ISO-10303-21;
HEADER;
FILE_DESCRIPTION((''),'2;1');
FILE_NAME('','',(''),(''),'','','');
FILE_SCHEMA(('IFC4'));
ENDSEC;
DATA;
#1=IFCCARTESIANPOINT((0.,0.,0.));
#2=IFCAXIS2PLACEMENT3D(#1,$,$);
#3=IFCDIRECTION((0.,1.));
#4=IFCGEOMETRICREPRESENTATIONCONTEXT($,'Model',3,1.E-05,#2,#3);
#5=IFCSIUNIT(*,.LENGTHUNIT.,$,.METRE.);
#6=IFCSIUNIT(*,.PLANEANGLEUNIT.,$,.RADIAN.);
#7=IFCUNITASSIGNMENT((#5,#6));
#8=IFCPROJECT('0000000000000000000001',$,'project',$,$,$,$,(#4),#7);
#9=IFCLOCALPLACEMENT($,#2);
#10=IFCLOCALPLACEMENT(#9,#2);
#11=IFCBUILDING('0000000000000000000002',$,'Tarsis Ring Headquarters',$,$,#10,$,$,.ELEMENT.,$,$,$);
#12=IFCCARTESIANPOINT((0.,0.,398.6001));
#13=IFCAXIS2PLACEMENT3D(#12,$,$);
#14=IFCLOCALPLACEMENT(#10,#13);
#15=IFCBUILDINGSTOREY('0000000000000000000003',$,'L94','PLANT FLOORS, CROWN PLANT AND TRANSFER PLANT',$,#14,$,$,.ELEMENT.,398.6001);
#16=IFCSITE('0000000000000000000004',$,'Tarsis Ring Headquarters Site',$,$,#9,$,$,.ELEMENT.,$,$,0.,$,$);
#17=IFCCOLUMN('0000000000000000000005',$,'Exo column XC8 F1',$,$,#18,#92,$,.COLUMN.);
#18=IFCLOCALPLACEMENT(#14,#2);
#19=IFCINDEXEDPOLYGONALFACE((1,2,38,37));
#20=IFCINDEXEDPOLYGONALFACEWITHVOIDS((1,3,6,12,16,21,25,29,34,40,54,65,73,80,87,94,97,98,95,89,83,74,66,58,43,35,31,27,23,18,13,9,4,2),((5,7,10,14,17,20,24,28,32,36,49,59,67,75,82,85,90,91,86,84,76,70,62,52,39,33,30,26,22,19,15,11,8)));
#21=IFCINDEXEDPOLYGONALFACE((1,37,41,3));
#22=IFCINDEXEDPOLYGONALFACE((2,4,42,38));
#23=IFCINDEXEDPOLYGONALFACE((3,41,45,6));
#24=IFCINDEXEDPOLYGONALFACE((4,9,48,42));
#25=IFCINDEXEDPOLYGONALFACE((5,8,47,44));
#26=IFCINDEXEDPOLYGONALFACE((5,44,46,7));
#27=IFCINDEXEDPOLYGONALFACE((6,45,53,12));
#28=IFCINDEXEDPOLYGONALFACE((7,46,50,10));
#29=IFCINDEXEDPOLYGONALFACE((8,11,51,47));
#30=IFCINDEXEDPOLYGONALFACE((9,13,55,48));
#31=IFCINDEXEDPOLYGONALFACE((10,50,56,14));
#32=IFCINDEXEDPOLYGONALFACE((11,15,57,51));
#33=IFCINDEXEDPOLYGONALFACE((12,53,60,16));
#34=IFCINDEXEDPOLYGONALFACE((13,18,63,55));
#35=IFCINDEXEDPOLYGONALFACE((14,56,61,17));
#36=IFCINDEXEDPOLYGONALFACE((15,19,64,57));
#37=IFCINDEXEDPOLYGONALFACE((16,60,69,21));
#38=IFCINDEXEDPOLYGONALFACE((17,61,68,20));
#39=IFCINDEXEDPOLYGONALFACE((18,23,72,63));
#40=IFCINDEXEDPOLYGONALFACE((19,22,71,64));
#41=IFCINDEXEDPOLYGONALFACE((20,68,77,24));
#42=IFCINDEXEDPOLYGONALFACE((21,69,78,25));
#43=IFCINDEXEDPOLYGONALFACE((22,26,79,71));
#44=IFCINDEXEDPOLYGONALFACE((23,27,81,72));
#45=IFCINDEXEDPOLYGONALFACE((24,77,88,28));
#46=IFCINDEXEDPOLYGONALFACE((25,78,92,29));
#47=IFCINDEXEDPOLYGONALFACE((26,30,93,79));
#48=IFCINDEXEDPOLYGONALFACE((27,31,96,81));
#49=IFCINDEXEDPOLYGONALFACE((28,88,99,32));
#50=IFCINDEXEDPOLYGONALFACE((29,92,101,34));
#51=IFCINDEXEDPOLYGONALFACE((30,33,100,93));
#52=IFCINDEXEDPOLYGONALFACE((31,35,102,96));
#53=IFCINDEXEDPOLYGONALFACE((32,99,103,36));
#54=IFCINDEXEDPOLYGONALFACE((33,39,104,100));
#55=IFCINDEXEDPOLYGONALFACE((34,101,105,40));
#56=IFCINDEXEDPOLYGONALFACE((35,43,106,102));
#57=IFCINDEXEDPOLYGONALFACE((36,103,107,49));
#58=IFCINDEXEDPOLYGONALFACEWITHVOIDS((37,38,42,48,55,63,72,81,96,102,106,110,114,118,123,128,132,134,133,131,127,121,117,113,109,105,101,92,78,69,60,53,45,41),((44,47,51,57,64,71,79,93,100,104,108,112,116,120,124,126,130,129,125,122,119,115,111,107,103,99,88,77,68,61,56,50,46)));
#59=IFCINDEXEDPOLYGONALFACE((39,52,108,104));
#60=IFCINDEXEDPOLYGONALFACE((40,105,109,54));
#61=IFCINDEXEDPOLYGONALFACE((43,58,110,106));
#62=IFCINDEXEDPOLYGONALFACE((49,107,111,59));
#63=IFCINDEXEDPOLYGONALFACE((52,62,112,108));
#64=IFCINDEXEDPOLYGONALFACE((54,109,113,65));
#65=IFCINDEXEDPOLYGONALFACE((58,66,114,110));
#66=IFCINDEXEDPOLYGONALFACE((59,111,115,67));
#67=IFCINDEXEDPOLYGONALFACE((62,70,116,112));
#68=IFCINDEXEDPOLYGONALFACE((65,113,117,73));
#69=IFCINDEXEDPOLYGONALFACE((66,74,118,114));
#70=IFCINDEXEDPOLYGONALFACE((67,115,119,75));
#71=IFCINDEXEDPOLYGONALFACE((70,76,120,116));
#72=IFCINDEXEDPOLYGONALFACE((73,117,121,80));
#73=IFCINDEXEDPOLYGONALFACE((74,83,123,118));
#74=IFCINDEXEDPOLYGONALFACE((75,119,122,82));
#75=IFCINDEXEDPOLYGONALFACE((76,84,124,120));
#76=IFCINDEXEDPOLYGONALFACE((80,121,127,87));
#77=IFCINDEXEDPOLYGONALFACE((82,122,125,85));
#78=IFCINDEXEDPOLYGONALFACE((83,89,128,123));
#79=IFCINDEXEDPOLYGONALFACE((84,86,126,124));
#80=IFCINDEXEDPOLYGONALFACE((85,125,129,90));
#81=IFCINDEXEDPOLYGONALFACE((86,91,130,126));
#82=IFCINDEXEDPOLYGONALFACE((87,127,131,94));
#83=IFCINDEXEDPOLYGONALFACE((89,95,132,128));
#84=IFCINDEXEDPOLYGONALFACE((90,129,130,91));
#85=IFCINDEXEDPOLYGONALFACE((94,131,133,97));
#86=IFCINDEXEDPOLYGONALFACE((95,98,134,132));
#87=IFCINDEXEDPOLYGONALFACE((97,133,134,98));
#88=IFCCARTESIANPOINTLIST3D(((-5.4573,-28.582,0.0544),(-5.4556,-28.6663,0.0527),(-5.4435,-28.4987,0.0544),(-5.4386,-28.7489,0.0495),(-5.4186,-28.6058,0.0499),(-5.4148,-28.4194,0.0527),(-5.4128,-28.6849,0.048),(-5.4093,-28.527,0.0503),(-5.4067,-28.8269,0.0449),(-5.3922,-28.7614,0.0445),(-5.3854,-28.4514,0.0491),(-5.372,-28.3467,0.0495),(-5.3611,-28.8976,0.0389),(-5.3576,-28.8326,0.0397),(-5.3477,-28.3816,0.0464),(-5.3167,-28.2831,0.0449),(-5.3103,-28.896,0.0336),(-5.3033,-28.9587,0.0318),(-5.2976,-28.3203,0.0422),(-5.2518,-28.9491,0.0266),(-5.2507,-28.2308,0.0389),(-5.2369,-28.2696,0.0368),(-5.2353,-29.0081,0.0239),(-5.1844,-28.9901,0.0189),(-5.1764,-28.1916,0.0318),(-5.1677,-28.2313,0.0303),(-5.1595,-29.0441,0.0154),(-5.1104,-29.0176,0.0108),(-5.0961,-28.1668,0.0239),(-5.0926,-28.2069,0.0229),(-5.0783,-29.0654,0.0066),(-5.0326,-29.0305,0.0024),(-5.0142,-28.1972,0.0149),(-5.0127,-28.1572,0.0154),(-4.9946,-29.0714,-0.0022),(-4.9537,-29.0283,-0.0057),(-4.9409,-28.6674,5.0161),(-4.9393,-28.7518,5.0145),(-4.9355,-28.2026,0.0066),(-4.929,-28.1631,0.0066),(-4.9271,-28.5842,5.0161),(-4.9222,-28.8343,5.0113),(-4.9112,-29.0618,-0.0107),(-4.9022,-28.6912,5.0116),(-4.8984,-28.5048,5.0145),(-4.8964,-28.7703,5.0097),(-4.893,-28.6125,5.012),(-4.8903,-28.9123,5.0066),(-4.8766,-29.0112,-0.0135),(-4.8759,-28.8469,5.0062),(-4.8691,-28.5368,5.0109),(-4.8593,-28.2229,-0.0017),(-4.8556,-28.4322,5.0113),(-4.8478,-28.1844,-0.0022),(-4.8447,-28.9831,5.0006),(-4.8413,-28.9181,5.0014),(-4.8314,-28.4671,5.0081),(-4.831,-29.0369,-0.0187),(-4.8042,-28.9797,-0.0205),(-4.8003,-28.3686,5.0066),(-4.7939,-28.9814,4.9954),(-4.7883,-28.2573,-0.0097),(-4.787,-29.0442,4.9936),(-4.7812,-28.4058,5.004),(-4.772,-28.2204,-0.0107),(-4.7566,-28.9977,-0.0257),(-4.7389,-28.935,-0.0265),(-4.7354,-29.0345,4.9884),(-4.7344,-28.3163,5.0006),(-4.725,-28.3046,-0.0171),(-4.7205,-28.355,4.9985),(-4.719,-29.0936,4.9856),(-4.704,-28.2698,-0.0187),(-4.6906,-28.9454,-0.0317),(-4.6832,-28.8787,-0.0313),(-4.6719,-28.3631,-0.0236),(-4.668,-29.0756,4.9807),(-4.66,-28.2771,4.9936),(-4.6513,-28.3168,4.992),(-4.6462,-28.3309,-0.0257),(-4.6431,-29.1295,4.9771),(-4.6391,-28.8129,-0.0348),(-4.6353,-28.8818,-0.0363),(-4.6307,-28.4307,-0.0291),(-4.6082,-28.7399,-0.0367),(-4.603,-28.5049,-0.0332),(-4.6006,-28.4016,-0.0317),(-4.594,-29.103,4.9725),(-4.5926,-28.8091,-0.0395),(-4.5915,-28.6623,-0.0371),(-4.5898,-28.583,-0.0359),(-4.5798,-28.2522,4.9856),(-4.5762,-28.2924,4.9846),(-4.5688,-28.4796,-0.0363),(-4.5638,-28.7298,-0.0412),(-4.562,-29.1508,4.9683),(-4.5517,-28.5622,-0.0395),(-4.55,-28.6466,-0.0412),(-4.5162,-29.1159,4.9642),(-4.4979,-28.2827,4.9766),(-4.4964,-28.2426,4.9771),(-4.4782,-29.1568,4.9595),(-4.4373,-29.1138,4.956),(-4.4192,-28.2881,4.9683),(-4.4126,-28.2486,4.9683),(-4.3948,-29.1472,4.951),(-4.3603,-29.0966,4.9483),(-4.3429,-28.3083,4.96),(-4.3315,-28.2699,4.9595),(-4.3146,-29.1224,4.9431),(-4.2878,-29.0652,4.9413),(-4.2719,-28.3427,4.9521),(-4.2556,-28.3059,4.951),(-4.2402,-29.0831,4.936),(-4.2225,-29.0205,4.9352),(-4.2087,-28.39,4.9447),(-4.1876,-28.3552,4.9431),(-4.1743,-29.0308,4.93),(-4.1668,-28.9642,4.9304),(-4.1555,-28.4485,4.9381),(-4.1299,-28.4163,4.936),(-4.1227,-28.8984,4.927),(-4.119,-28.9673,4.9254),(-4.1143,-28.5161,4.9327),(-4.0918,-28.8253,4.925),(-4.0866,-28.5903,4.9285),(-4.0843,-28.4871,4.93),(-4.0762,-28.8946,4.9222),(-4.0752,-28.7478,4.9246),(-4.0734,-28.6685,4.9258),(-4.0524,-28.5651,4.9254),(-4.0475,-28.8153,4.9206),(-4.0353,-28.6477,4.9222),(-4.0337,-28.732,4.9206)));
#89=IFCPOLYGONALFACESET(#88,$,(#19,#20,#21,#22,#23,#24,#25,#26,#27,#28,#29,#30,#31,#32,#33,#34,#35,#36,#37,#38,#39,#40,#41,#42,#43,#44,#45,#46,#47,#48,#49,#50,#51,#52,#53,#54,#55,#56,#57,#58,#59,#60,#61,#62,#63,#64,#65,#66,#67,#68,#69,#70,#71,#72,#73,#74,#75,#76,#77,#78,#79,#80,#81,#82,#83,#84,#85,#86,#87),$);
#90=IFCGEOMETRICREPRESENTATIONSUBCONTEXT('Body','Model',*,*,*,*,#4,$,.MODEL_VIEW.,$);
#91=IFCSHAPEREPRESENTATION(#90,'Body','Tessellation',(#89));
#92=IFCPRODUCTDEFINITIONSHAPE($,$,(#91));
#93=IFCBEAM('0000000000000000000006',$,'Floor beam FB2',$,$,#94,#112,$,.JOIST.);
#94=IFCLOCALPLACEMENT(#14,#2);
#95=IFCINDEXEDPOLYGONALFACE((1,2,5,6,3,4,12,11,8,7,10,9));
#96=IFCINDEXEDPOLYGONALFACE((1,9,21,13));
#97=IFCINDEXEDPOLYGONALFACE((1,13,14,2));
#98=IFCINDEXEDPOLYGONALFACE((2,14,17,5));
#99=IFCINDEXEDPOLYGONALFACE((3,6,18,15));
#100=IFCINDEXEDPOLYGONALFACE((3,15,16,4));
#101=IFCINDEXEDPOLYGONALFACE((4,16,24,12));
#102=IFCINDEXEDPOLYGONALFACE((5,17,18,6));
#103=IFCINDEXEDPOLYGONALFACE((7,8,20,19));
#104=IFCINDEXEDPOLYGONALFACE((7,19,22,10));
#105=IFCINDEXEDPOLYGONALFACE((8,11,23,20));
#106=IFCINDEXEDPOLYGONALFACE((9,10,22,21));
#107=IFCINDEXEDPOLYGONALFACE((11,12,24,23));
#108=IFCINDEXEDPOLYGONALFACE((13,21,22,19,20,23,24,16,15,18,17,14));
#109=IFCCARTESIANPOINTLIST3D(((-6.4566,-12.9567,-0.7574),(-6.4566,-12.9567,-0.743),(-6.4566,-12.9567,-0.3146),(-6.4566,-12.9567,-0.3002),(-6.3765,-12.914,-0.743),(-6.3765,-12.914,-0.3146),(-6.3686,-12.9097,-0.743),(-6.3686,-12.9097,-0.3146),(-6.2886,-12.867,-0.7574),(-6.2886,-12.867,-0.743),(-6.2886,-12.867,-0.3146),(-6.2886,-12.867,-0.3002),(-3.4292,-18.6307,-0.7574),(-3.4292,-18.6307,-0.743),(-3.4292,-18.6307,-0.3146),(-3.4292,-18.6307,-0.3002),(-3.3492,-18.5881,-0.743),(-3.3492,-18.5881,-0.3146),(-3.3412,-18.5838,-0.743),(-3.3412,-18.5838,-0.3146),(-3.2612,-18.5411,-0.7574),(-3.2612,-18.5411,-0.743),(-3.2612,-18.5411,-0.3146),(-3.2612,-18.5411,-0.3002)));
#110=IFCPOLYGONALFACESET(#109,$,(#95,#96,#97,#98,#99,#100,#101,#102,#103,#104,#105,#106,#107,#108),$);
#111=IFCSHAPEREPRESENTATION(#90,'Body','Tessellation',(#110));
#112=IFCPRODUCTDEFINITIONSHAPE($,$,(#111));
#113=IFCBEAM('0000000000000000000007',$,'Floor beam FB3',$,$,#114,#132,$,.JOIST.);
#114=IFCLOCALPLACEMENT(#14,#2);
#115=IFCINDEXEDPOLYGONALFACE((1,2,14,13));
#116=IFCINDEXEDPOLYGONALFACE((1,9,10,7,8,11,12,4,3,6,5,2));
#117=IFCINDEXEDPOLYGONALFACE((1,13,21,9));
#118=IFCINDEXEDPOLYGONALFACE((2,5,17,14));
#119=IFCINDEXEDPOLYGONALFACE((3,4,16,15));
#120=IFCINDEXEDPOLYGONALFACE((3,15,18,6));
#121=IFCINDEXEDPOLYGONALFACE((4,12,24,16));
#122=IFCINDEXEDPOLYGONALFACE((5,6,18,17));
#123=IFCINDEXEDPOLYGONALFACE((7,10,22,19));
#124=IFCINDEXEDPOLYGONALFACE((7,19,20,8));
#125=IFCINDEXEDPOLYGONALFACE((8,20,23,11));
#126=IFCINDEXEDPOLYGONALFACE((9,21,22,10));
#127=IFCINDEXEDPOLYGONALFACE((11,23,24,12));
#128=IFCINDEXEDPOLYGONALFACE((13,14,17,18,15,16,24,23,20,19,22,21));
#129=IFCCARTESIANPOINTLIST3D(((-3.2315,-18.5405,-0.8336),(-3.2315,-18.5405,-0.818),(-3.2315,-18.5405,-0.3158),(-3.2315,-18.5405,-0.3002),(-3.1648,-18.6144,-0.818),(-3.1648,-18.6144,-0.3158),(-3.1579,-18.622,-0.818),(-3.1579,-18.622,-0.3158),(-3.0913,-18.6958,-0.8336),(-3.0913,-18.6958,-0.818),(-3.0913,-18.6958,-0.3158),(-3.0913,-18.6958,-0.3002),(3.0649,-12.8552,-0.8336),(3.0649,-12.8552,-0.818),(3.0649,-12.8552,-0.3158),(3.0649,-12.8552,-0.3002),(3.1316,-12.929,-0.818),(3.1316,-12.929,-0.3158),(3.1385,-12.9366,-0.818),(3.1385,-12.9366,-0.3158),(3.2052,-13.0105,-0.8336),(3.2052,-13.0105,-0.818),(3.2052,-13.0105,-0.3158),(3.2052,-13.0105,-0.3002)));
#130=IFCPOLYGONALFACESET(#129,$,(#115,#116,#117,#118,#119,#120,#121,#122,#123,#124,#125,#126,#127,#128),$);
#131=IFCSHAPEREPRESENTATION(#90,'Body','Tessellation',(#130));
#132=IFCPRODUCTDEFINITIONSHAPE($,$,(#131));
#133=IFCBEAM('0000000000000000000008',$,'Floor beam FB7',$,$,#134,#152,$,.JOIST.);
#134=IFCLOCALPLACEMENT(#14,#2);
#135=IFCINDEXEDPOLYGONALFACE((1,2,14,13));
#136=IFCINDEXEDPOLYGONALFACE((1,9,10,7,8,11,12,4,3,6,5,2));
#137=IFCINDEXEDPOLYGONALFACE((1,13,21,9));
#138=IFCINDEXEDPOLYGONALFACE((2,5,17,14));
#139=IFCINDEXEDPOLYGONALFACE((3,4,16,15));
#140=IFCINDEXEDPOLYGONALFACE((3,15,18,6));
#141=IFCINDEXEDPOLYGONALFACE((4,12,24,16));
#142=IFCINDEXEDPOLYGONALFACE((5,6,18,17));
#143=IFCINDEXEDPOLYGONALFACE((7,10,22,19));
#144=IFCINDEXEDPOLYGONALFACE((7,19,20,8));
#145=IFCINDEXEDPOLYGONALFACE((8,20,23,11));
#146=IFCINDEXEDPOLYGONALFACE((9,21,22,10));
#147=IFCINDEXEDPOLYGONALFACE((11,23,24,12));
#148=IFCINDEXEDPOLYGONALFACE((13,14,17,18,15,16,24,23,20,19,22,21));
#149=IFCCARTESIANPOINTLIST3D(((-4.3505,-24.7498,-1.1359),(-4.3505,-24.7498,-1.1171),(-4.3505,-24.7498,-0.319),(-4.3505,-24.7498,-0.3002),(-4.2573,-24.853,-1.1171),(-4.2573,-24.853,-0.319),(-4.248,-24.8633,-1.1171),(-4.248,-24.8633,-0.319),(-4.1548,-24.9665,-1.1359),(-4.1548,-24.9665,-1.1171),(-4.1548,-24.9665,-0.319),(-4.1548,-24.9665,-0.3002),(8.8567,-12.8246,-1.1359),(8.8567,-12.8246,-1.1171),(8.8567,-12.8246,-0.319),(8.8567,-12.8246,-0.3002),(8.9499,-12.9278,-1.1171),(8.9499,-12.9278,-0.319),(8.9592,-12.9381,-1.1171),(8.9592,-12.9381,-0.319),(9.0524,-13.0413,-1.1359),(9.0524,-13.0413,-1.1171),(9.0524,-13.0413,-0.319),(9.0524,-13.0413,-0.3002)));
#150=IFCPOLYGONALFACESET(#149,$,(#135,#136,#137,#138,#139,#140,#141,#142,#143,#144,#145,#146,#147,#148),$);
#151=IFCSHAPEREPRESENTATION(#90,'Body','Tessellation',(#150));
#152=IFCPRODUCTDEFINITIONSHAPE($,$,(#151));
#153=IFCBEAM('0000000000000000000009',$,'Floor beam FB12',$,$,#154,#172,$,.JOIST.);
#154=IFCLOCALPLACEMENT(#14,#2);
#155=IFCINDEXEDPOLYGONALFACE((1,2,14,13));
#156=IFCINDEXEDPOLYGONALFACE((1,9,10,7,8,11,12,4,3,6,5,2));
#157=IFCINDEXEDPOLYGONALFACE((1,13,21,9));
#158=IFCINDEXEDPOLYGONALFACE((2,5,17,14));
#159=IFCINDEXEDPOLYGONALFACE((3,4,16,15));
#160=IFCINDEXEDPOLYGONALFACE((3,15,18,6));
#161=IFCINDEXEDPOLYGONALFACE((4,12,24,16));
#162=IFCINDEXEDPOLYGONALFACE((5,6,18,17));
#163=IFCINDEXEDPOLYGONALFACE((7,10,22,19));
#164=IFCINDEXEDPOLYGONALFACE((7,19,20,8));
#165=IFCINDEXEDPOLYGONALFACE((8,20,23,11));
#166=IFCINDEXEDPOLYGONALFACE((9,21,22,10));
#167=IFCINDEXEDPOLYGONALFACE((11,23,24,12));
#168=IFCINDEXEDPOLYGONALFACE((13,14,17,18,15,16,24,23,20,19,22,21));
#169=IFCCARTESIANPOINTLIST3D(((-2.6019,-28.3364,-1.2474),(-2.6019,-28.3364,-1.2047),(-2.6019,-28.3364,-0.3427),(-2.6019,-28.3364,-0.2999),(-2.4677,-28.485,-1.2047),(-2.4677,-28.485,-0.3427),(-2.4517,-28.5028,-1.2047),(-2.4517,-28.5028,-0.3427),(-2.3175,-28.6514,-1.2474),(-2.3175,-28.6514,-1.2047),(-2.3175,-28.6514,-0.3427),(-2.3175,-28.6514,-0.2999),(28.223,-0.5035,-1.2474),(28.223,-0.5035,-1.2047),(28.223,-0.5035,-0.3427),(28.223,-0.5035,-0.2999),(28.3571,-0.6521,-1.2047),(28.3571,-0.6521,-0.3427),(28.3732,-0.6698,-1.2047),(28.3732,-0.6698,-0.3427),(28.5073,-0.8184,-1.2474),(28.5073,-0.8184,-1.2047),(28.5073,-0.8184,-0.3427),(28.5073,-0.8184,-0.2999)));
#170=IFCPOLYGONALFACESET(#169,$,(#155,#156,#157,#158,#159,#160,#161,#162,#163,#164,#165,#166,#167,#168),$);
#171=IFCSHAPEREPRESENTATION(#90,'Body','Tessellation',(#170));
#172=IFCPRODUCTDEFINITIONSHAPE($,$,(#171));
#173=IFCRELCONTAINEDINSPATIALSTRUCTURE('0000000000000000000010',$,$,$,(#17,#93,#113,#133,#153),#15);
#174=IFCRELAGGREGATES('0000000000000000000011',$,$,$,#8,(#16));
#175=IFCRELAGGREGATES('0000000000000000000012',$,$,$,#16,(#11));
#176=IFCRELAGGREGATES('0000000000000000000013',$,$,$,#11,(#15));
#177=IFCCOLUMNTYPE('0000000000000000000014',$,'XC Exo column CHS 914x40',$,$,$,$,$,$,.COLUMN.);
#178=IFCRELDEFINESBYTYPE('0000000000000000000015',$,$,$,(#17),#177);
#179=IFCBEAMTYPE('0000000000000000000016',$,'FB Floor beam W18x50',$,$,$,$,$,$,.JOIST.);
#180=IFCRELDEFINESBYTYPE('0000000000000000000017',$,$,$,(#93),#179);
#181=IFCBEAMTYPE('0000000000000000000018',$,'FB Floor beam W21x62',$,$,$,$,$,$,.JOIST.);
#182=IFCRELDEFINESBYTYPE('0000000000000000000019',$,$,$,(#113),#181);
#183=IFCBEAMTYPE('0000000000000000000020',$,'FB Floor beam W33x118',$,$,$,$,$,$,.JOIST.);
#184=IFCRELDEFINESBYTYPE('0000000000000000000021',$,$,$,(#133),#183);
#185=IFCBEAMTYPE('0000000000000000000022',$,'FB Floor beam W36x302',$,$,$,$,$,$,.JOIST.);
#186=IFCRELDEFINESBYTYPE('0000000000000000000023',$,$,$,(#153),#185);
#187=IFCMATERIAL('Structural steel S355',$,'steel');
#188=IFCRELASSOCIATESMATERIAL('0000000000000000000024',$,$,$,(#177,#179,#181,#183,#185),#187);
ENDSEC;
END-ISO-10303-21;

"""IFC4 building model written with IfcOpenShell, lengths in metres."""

from ifc_helpers import new_model, si_unit, direction, frame, origin, origin_2d, place, context, subcontext, project, spatial, hollow_circle, i_section, extrude, material, material_profile, profile_set, type_object, element, save


model = new_model("IFC4")

# Units and contexts
model_context = context("Model", 3, precision=1e-05, world=origin(), true_north=direction((0.0, 1.0)))
body_context = subcontext(model_context, "Body", "Model", "MODEL_VIEW")
ifc_project = project(units=[si_unit("LENGTHUNIT", "METRE"), si_unit("PLANEANGLEUNIT", "RADIAN")], contexts=[model_context])

# Site, building, storey
site_placement = place(None, origin())
site = spatial("IfcSite", under=ifc_project, at=site_placement, Name="Tarsis Ring Headquarters Site", CompositionType="ELEMENT", RefElevation=0.0)
building_placement = place(site_placement, origin())
building = spatial("IfcBuilding", under=site, at=building_placement, Name="Tarsis Ring Headquarters", CompositionType="ELEMENT")
storey_placement = place(building_placement, frame((0.0, 0.0, 398.6001)))
storey = spatial("IfcBuildingStorey", under=building, at=storey_placement, Name="L94", Description="PLANT FLOORS, CROWN PLANT AND TRANSFER PLANT", CompositionType="ELEMENT", Elevation=398.6001)

# Column
ifc_material_1 = material(Name="Structural steel S355", Category="steel")
ifc_material_profile_1 = material_profile(ifc_material_1, hollow_circle(Radius=0.457, WallThickness=0.04, at=origin_2d()), Name="CHS 914x40")
ifc_profile_set_1 = profile_set([ifc_material_profile_1], Name="Structural steel S355")
column_type = type_object("IfcColumnType", Name="XC Exo column CHS 914x40", PredefinedType="COLUMN", material=ifc_profile_set_1)
column_placement = place(storey_placement, frame((-5.0037, -28.6143, 0.0066), z_axis=(0.103495, -0.017127, 0.994482), x_axis=(0.163264, 0.986582, 0.0)))
element("IfcColumn", 1, at=column_placement, inside=storey, type_object=column_type, Name="Exo column XC8 F1", PredefinedType="COLUMN", context=body_context, shape_type="SweptSolid", body=[
    extrude(hollow_circle(Radius=0.4573, WallThickness=0.04, at=origin_2d()), origin(), (0.0, 0.0, 1.0), 4.9893),
])

# Beams
ifc_material_profile_2 = material_profile(ifc_material_1, i_section(OverallWidth=0.1904, OverallDepth=0.4573, WebThickness=0.009, FlangeThickness=0.0144, at=origin_2d()), Name="W18x50")
ifc_profile_set_2 = profile_set([ifc_material_profile_2], Name="Structural steel S355")
beam_type_1 = type_object("IfcBeamType", Name="FB Floor beam W18x50", PredefinedType="JOIST", material=ifc_profile_set_2)
beam_1_placement = place(storey_placement, frame((-6.3726, -12.9119, -0.5288), z_axis=(0.47073, -0.882277, 0.0), x_axis=(0.882277, 0.47073, 0.0)))
element("IfcBeam", 2, at=beam_1_placement, inside=storey, type_object=beam_type_1, Name="Floor beam FB2", PredefinedType="JOIST", context=body_context, shape_type="SweptSolid", body=[
    extrude(i_section(OverallWidth=0.1904, OverallDepth=0.4573, WebThickness=0.009, FlangeThickness=0.0144, at=origin_2d()), origin(), (0.0, 0.0, 1.0), 6.4312),
])
ifc_material_profile_3 = material_profile(ifc_material_1, i_section(OverallWidth=0.2092, OverallDepth=0.5334, WebThickness=0.0103, FlangeThickness=0.0156, at=origin_2d()), Name="W21x62")
ifc_profile_set_3 = profile_set([ifc_material_profile_3], Name="Structural steel S355")
beam_type_2 = type_object("IfcBeamType", Name="FB Floor beam W21x62", PredefinedType="JOIST", material=ifc_profile_set_3)
beam_2_placement = place(storey_placement, frame((-3.1614, -18.6182, -0.5669), z_axis=(0.742206, 0.670172, 0.0), x_axis=(-0.670172, 0.742206, 0.0)))
element("IfcBeam", 3, at=beam_2_placement, inside=storey, type_object=beam_type_2, Name="Floor beam FB3", PredefinedType="JOIST", context=body_context, shape_type="SweptSolid", body=[
    extrude(i_section(OverallWidth=0.2092, OverallDepth=0.5334, WebThickness=0.0103, FlangeThickness=0.0156, at=origin_2d()), origin(), (0.0, 0.0, 1.0), 8.4834),
])
ifc_material_profile_4 = material_profile(ifc_material_1, i_section(OverallWidth=0.292, OverallDepth=0.8357, WebThickness=0.0139, FlangeThickness=0.0188, at=origin_2d()), Name="W33x118")
ifc_profile_set_4 = profile_set([ifc_material_profile_4], Name="Structural steel S355")
beam_type_3 = type_object("IfcBeamType", Name="FB Floor beam W33x118", PredefinedType="JOIST", material=ifc_profile_set_4)
beam_3_placement = place(storey_placement, frame((-4.2527, -24.8582, -0.718), z_axis=(0.742211, 0.670167, 0.0), x_axis=(-0.670167, 0.742211, 0.0)))
element("IfcBeam", 4, at=beam_3_placement, inside=storey, type_object=beam_type_3, Name="Floor beam FB7", PredefinedType="JOIST", context=body_context, shape_type="SweptSolid", body=[
    extrude(i_section(OverallWidth=0.292, OverallDepth=0.8357, WebThickness=0.0139, FlangeThickness=0.0188, at=origin_2d()), origin(), (0.0, 0.0, 1.0), 17.7944),
])
ifc_material_profile_5 = material_profile(ifc_material_1, i_section(OverallWidth=0.4243, OverallDepth=0.9475, WebThickness=0.0239, FlangeThickness=0.0427, at=origin_2d()), Name="W36x302")
ifc_profile_set_5 = profile_set([ifc_material_profile_5], Name="Structural steel S355")
beam_type_4 = type_object("IfcBeamType", Name="FB Floor beam W36x302", PredefinedType="JOIST", material=ifc_profile_set_5)
beam_4_placement = place(storey_placement, frame((-2.4597, -28.4939, -0.7737), z_axis=(0.742209, 0.670168, 0.0), x_axis=(-0.670168, 0.742209, 0.0)))
element("IfcBeam", 5, at=beam_4_placement, inside=storey, type_object=beam_type_4, Name="Floor beam FB12", PredefinedType="JOIST", context=body_context, shape_type="SweptSolid", body=[
    extrude(i_section(OverallWidth=0.4243, OverallDepth=0.9475, WebThickness=0.0239, FlangeThickness=0.0427, at=origin_2d()), origin(), (0.0, 0.0, 1.0), 41.5312),
])

save(model, "model.ifc")
